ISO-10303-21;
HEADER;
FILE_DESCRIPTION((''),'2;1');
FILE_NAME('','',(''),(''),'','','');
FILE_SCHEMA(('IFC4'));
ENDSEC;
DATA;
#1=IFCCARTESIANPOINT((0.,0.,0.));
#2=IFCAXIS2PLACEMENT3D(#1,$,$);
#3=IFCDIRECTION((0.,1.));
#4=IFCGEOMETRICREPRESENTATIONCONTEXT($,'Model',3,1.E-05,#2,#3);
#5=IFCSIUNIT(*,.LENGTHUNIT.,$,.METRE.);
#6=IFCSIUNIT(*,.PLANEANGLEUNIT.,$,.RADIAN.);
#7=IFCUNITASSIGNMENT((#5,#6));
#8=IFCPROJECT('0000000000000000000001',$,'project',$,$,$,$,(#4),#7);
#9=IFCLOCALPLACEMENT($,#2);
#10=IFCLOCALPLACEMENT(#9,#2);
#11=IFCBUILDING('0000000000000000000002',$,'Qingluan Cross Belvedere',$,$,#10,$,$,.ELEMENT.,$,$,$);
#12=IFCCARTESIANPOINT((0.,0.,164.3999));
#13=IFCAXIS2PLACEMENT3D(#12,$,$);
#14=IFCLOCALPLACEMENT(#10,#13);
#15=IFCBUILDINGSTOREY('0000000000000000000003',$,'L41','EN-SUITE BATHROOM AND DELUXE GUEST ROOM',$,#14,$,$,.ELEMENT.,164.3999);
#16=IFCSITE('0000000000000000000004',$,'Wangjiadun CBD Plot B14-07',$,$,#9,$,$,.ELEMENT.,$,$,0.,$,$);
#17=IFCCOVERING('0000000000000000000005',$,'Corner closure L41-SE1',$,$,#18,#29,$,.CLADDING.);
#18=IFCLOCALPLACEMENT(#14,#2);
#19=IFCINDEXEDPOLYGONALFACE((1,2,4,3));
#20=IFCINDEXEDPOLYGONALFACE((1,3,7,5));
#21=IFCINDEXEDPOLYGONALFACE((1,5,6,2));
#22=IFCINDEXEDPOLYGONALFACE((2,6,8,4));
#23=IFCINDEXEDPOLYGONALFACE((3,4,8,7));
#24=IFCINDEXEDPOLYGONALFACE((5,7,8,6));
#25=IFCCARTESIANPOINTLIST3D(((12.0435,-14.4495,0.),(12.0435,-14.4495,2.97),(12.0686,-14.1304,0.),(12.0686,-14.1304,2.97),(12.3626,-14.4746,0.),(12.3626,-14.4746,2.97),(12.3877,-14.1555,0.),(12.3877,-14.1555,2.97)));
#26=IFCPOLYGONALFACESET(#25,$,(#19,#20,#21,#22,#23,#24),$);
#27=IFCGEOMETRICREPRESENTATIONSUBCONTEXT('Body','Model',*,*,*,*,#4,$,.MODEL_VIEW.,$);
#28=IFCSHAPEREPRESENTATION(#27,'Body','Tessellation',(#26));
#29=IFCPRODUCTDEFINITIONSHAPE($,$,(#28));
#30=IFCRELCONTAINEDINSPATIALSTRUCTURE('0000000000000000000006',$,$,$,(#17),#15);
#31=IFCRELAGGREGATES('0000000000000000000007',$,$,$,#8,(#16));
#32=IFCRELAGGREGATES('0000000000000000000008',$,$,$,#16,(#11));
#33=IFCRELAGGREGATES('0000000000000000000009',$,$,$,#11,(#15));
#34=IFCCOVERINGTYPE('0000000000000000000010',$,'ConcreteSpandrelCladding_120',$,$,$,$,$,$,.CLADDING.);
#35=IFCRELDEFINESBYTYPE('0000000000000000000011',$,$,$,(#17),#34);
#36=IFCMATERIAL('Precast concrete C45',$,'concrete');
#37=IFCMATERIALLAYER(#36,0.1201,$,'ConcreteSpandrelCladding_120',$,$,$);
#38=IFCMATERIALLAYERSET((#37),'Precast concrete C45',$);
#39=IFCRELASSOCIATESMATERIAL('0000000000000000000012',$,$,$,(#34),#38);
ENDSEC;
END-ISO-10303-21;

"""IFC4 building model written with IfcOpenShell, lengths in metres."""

from ifc_helpers import new_model, si_unit, direction, frame, origin, origin_2d, place, context, subcontext, project, spatial, rectangle, extrude, material, layer, layer_set, type_object, element, save


model = new_model("IFC4")

# Units and contexts
model_context = context("Model", 3, precision=1e-05, world=origin(), true_north=direction((0.0, 1.0)))
body_context = subcontext(model_context, "Body", "Model", "MODEL_VIEW")
ifc_project = project(units=[si_unit("LENGTHUNIT", "METRE"), si_unit("PLANEANGLEUNIT", "RADIAN")], contexts=[model_context])

# Site, building, storey
site_placement = place(None, origin())
site = spatial("IfcSite", under=ifc_project, at=site_placement, Name="Wangjiadun CBD Plot B14-07", CompositionType="ELEMENT", RefElevation=0.0)
building_placement = place(site_placement, origin())
building = spatial("IfcBuilding", under=site, at=building_placement, Name="Qingluan Cross Belvedere", CompositionType="ELEMENT")
storey_placement = place(building_placement, frame((0.0, 0.0, 164.3999)))
storey = spatial("IfcBuildingStorey", under=building, at=storey_placement, Name="L41", Description="EN-SUITE BATHROOM AND DELUXE GUEST ROOM", CompositionType="ELEMENT", Elevation=164.3999)

# Covering
ifc_material_1 = material(Name="Precast concrete C45", Category="concrete")
ifc_layer_1 = layer(ifc_material_1, 0.1201, Name="ConcreteSpandrelCladding_120")
ifc_layer_set_1 = layer_set([ifc_layer_1], Name="Precast concrete C45")
covering_type = type_object("IfcCoveringType", Name="ConcreteSpandrelCladding_120", PredefinedType="CLADDING", material=ifc_layer_set_1)
covering_placement = place(storey_placement, frame((12.2156, -14.3025, 0.0), z_axis=(0.0, 0.0, 1.0), x_axis=(0.996917, -0.078459, 0.0)))
element("IfcCovering", 1, at=covering_placement, inside=storey, type_object=covering_type, Name="Corner closure L41-SE1", PredefinedType="CLADDING", context=body_context, shape_type="SweptSolid", body=[
    extrude(rectangle(XDim=0.3201, YDim=0.3201, at=origin_2d()), origin(), (0.0, 0.0, 1.0), 2.97),
])

save(model, "model.ifc")
